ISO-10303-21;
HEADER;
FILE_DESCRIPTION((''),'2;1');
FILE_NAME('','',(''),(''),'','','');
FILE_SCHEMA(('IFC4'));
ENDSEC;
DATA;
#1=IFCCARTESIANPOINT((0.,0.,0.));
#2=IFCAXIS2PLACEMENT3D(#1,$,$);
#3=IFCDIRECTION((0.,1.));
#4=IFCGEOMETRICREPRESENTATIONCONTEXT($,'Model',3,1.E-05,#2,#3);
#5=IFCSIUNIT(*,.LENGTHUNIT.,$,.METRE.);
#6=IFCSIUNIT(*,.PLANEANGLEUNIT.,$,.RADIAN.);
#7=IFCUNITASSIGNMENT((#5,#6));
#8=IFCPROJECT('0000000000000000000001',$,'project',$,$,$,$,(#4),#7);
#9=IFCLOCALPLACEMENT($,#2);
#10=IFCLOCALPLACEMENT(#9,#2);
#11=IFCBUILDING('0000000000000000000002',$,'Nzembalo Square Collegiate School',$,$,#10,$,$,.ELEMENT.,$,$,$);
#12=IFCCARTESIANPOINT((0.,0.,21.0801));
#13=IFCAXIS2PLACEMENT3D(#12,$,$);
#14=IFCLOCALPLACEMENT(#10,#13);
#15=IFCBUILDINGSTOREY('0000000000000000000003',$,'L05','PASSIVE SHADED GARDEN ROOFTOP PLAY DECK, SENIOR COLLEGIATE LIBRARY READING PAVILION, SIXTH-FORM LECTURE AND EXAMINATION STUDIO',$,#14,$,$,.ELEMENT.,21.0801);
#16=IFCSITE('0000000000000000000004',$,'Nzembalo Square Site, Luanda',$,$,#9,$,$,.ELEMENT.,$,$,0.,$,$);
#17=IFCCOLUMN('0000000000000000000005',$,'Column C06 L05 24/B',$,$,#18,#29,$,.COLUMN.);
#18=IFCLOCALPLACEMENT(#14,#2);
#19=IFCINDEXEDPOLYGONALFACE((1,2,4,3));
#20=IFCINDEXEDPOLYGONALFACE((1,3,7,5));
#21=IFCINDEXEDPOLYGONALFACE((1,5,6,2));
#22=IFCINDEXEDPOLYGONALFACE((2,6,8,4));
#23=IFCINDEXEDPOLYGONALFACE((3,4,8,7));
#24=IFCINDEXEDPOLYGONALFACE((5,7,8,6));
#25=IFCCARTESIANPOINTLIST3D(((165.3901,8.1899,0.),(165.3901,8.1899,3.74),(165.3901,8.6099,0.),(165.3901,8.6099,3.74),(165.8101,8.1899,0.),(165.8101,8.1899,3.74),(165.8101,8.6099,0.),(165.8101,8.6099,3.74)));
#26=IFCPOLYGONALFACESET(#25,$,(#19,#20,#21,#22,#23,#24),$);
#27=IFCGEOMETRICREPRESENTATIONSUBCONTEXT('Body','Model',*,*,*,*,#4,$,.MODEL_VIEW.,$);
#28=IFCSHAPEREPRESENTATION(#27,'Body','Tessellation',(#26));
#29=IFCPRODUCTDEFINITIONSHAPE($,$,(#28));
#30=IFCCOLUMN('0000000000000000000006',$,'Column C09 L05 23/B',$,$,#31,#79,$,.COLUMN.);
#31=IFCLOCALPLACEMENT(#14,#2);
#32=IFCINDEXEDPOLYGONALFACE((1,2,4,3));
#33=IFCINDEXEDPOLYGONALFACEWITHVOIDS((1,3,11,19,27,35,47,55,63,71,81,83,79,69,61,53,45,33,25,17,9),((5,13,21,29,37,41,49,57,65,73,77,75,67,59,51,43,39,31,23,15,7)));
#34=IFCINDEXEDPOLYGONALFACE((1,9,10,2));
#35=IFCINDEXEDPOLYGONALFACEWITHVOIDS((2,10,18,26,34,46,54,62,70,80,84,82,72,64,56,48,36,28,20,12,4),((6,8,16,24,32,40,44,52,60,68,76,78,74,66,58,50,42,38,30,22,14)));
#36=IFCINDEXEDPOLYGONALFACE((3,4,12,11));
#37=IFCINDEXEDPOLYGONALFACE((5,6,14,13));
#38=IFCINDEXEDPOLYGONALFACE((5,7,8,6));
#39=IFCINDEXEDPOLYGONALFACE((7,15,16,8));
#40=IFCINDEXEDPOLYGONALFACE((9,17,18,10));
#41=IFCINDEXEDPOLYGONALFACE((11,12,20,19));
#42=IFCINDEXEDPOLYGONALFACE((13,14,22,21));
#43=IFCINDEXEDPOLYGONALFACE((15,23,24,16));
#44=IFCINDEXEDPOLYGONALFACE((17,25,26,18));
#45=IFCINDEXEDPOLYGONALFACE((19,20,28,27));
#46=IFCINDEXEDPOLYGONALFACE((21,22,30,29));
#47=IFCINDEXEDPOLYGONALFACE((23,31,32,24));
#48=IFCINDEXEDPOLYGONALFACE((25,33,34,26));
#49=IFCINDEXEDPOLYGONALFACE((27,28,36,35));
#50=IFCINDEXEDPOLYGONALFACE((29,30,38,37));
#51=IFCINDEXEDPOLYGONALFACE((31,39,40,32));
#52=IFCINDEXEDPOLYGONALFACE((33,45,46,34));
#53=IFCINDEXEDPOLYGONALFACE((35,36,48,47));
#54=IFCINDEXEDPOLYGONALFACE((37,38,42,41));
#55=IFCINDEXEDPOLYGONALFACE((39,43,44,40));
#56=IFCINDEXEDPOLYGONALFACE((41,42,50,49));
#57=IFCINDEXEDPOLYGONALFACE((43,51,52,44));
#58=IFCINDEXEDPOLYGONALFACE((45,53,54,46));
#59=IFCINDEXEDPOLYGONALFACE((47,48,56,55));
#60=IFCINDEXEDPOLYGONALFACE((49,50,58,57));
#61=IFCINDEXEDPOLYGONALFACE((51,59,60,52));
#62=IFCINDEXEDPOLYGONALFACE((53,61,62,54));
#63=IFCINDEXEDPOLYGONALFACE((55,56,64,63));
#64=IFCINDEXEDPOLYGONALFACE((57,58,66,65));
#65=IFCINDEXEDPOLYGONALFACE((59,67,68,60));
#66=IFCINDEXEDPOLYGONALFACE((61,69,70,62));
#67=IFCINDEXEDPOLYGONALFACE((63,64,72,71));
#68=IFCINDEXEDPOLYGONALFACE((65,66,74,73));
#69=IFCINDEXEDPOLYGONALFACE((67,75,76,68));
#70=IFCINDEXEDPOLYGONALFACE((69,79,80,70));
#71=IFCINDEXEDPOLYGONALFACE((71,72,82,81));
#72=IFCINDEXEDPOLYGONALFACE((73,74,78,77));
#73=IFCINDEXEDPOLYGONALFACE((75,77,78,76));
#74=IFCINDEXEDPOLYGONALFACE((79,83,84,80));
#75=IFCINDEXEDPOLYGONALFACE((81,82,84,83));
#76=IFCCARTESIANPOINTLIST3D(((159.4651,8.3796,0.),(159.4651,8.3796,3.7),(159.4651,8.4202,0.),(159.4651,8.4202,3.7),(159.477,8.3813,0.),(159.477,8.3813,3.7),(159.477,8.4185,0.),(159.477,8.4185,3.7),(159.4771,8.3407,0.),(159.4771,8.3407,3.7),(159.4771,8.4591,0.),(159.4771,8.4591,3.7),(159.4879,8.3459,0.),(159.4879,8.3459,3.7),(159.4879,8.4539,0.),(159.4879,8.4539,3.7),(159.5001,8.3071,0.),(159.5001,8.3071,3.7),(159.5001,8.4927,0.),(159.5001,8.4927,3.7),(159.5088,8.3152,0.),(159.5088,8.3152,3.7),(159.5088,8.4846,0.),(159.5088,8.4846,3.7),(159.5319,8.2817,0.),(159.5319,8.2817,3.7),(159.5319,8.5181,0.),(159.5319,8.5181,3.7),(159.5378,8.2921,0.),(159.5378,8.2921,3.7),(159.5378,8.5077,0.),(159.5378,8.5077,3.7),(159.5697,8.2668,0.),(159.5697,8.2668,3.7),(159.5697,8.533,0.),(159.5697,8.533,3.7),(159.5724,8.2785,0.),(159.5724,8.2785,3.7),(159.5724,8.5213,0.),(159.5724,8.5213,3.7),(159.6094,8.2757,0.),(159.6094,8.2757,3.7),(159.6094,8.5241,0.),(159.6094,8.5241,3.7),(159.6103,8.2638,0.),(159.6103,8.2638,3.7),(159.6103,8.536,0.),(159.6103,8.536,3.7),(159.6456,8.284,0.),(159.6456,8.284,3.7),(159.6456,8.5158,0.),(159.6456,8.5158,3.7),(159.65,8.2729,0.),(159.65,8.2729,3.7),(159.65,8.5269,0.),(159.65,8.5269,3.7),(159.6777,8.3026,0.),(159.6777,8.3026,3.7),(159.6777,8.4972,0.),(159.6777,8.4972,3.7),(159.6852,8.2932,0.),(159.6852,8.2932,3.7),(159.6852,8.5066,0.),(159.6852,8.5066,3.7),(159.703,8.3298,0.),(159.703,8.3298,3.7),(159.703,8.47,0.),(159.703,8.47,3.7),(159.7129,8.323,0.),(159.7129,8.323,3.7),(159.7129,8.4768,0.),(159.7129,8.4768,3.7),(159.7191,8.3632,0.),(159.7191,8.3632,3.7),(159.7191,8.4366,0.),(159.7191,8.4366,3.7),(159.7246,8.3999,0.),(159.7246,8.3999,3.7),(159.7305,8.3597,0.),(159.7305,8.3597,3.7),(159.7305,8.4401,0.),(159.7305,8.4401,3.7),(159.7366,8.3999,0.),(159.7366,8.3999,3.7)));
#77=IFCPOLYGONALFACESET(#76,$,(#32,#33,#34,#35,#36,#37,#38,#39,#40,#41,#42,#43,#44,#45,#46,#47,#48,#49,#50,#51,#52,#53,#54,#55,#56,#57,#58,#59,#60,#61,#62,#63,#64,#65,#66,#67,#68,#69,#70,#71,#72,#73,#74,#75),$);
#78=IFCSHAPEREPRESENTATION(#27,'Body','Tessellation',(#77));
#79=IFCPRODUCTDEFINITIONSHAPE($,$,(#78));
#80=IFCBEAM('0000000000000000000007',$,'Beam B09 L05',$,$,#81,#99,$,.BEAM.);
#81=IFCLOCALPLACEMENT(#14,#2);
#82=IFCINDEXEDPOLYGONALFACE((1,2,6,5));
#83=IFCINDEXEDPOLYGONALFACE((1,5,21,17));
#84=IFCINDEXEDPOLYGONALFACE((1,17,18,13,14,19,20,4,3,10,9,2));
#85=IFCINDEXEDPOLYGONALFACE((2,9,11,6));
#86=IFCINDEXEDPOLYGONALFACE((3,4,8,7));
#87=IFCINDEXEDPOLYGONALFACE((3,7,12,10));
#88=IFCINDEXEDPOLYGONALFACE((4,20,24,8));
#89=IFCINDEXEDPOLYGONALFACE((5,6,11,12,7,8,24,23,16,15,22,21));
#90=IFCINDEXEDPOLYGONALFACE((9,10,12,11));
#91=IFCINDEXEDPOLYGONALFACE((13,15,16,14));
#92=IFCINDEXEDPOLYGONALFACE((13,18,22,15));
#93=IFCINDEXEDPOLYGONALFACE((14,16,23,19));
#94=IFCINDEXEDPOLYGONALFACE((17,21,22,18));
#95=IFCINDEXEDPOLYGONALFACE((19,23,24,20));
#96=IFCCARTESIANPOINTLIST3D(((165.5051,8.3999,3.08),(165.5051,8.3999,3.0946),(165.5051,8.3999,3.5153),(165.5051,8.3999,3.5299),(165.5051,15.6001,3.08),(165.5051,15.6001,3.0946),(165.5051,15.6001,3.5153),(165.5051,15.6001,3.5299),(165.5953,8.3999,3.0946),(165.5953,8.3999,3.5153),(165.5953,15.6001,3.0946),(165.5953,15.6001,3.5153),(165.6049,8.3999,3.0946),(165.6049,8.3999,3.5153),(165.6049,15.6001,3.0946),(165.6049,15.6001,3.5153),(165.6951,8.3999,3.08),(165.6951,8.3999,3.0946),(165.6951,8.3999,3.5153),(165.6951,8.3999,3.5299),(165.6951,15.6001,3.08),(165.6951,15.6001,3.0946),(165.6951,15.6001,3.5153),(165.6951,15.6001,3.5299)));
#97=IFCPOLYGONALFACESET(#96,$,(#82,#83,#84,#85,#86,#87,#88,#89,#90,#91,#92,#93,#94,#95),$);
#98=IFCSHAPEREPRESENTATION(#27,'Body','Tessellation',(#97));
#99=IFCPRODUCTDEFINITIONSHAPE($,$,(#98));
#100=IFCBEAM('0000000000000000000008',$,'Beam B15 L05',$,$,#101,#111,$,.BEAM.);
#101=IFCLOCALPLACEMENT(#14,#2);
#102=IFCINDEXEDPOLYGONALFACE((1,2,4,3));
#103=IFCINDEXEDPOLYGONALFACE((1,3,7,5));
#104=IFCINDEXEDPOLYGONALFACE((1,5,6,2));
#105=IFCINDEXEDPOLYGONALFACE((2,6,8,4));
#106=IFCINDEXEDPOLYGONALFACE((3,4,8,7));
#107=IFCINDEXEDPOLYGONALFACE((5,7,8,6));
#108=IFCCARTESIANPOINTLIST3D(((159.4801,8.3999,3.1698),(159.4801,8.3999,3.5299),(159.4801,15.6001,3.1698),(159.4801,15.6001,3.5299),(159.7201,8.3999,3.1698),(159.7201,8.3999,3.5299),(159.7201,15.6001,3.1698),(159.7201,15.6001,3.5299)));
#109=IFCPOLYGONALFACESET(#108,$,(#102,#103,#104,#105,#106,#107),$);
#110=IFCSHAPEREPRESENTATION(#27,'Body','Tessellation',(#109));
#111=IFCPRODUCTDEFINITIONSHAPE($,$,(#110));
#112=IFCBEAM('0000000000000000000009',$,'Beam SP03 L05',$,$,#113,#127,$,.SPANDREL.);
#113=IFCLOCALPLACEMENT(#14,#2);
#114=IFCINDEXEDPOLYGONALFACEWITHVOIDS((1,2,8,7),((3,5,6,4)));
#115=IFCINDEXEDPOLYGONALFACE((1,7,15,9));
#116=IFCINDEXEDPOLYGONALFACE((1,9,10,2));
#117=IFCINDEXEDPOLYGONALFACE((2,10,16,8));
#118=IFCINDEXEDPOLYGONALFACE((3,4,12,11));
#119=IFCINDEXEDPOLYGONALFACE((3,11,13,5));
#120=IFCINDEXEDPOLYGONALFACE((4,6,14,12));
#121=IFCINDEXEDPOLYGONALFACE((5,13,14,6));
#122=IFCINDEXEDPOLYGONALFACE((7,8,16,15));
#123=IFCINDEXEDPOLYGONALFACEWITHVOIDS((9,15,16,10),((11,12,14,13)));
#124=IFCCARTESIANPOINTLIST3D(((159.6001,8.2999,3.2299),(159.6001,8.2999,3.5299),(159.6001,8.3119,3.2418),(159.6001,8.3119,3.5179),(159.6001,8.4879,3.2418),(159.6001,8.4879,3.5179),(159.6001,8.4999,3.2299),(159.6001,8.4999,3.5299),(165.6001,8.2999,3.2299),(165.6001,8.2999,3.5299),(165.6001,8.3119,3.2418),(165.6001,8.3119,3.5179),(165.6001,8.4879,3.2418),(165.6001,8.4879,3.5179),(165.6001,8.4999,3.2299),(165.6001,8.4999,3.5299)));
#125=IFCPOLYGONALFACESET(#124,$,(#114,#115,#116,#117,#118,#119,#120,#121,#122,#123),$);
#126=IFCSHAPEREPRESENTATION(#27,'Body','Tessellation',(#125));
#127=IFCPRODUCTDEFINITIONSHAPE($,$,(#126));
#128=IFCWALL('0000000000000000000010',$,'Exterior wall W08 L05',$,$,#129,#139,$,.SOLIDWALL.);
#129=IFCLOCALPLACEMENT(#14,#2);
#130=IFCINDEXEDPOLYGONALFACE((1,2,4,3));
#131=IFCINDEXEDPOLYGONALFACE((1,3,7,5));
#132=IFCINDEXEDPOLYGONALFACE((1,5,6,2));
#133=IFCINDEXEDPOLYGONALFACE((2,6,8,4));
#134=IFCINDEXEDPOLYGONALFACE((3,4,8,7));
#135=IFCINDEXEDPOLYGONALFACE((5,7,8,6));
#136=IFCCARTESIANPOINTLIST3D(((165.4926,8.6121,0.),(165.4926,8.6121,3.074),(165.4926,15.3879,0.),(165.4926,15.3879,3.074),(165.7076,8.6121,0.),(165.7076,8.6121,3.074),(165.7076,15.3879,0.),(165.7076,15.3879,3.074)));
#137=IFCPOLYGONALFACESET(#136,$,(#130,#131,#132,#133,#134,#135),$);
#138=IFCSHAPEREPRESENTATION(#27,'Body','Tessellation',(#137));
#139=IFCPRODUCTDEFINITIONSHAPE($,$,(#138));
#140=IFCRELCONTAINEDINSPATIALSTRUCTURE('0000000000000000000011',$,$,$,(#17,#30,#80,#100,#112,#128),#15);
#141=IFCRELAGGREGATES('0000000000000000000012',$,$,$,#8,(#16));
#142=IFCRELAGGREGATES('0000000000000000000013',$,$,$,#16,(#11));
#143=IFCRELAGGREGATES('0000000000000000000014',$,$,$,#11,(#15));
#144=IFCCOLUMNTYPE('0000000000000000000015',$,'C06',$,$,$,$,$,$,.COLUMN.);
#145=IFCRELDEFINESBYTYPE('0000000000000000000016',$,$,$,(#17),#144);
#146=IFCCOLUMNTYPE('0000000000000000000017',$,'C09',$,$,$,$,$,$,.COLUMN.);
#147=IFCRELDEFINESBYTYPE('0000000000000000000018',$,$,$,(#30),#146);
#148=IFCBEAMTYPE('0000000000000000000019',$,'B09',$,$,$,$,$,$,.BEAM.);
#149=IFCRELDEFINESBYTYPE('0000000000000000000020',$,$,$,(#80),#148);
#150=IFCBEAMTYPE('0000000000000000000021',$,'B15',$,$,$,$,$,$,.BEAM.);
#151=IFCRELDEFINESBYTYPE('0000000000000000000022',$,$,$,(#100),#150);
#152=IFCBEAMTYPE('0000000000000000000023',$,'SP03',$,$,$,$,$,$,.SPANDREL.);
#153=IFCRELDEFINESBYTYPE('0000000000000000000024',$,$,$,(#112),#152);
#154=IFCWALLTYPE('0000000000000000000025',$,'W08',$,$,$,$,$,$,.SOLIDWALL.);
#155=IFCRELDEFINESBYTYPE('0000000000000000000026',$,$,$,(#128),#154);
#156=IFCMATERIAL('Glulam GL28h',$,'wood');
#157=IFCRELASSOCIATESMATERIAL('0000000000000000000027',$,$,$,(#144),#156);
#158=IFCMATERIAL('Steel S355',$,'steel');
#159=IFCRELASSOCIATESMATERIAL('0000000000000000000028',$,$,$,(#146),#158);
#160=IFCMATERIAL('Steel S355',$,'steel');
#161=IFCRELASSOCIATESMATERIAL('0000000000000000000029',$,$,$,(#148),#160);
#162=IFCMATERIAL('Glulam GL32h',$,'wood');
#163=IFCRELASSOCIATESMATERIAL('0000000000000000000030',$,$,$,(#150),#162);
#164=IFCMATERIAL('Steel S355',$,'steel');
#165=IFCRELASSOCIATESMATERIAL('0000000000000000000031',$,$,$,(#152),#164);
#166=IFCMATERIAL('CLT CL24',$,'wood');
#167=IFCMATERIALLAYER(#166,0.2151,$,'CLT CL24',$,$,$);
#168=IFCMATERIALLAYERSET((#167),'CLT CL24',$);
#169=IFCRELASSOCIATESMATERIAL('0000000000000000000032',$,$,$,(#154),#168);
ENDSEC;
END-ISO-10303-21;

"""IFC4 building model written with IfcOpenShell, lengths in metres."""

from ifc_helpers import new_model, si_unit, direction, frame, frame_2d, origin, origin_2d, place, context, subcontext, project, spatial, rectangle, hollow_rectangle, hollow_circle, i_section, extrude, material, layer, layer_set, material_profile, profile_set, type_object, element, save


model = new_model("IFC4")

# Units and contexts
model_context = context("Model", 3, precision=1e-05, world=origin(), true_north=direction((0.0, 1.0)))
body_context = subcontext(model_context, "Body", "Model", "MODEL_VIEW")
ifc_project = project(units=[si_unit("LENGTHUNIT", "METRE"), si_unit("PLANEANGLEUNIT", "RADIAN")], contexts=[model_context])

# Site, building, storey
site_placement = place(None, origin())
site = spatial("IfcSite", under=ifc_project, at=site_placement, Name="Nzembalo Square Site, Luanda", CompositionType="ELEMENT", RefElevation=0.0)
building_placement = place(site_placement, origin())
building = spatial("IfcBuilding", under=site, at=building_placement, Name="Nzembalo Square Collegiate School", CompositionType="ELEMENT")
storey_placement = place(building_placement, frame((0.0, 0.0, 21.0801)))
storey = spatial("IfcBuildingStorey", under=building, at=storey_placement, Name="L05", Description="PASSIVE SHADED GARDEN ROOFTOP PLAY DECK, SENIOR COLLEGIATE LIBRARY READING PAVILION, SIXTH-FORM LECTURE AND EXAMINATION STUDIO", CompositionType="ELEMENT", Elevation=21.0801)

# Columns
ifc_material_1 = material(Name="Glulam GL28h", Category="wood")
ifc_material_profile_1 = material_profile(ifc_material_1, rectangle(XDim=0.4199, YDim=0.4199, at=origin_2d()), Name="GL28h 420x420")
ifc_profile_set_1 = profile_set([ifc_material_profile_1], Name="Glulam GL28h")
column_type_1 = type_object("IfcColumnType", Name="C06", PredefinedType="COLUMN", material=ifc_profile_set_1)
column_1_placement = place(storey_placement, frame((165.6001, 8.3999, 0.0), z_axis=(0.0, 0.0, 1.0), x_axis=(1.0, 0.0, 0.0)))
element("IfcColumn", 1, at=column_1_placement, inside=storey, type_object=column_type_1, Name="Column C06 L05 24/B", PredefinedType="COLUMN", context=body_context, shape_type="SweptSolid", body=[
    extrude(rectangle(XDim=0.4199, YDim=0.4199, at=origin_2d()), origin(), (0.0, 0.0, 1.0), 3.74),
])
ifc_material_2 = material(Name="Steel S355", Category="steel")
ifc_material_profile_2 = material_profile(ifc_material_2, hollow_circle(Radius=0.1365, WallThickness=0.012, at=origin_2d()), Name="CHS 273x12")
ifc_profile_set_2 = profile_set([ifc_material_profile_2], Name="Steel S355")
column_type_2 = type_object("IfcColumnType", Name="C09", PredefinedType="COLUMN", material=ifc_profile_set_2)
column_2_placement = place(storey_placement, frame((159.6001, 8.3999, 0.0), z_axis=(0.0, 0.0, 1.0), x_axis=(1.0, 0.0, 0.0)))
element("IfcColumn", 2, at=column_2_placement, inside=storey, type_object=column_type_2, Name="Column C09 L05 23/B", PredefinedType="COLUMN", context=body_context, shape_type="SweptSolid", body=[
    extrude(hollow_circle(Radius=0.1365, WallThickness=0.012, at=origin_2d()), origin(), (0.0, 0.0, 1.0), 3.7),
])

# Beams
ifc_material_3 = material(Name="Steel S355", Category="steel")
ifc_material_profile_3 = material_profile(ifc_material_3, i_section(OverallWidth=0.1899, OverallDepth=0.45, WebThickness=0.0095, FlangeThickness=0.0146, at=origin_2d()), Name="IPE 450")
ifc_profile_set_3 = profile_set([ifc_material_profile_3], Name="Steel S355")
beam_type_1 = type_object("IfcBeamType", Name="B09", PredefinedType="BEAM", material=ifc_profile_set_3)
beam_1_placement = place(storey_placement, frame((165.6001, 8.3999, 3.3049), z_axis=(0.0, 1.0, 0.0), x_axis=(-1.0, 0.0, 0.0)))
element("IfcBeam", 3, at=beam_1_placement, inside=storey, type_object=beam_type_1, Name="Beam B09 L05", PredefinedType="BEAM", context=body_context, shape_type="SweptSolid", body=[
    extrude(i_section(OverallWidth=0.1899, OverallDepth=0.45, WebThickness=0.0095, FlangeThickness=0.0146, at=origin_2d()), origin(), (0.0, 0.0, 1.0), 7.2002),
])
ifc_material_4 = material(Name="Glulam GL32h", Category="wood")
ifc_material_profile_4 = material_profile(ifc_material_4, rectangle(XDim=0.24, YDim=0.3601, at=origin_2d()), Name="GL32h 240x360")
ifc_profile_set_4 = profile_set([ifc_material_profile_4], Name="Glulam GL32h")
beam_type_2 = type_object("IfcBeamType", Name="B15", PredefinedType="BEAM", material=ifc_profile_set_4)
beam_2_placement = place(storey_placement, frame((159.6001, 8.3999, 3.3499), z_axis=(0.0, 1.0, 0.0), x_axis=(-1.0, 0.0, 0.0)))
element("IfcBeam", 4, at=beam_2_placement, inside=storey, type_object=beam_type_2, Name="Beam B15 L05", PredefinedType="BEAM", context=body_context, shape_type="SweptSolid", body=[
    extrude(rectangle(XDim=0.24, YDim=0.3601, at=origin_2d()), origin(), (0.0, 0.0, 1.0), 7.2002),
])
ifc_material_5 = material(Name="Steel S355", Category="steel")
ifc_material_profile_5 = material_profile(ifc_material_5, hollow_rectangle(XDim=0.2, YDim=0.3, WallThickness=0.012, at=origin_2d()), Name="RHS 300x200x12")
ifc_profile_set_5 = profile_set([ifc_material_profile_5], Name="Steel S355")
beam_type_3 = type_object("IfcBeamType", Name="SP03", PredefinedType="SPANDREL", material=ifc_profile_set_5)
beam_3_placement = place(storey_placement, frame((159.6001, 8.3999, 3.3799), z_axis=(1.0, 0.0, 0.0), x_axis=(0.0, 1.0, 0.0)))
element("IfcBeam", 5, at=beam_3_placement, inside=storey, type_object=beam_type_3, Name="Beam SP03 L05", PredefinedType="SPANDREL", context=body_context, shape_type="SweptSolid", body=[
    extrude(hollow_rectangle(XDim=0.2, YDim=0.3, WallThickness=0.012, at=origin_2d()), origin(), (0.0, 0.0, 1.0), 6.0),
])

# Wall
ifc_material_6 = material(Name="CLT CL24", Category="wood")
ifc_layer_1 = layer(ifc_material_6, 0.2151, Name="CLT CL24")
ifc_layer_set_1 = layer_set([ifc_layer_1], Name="CLT CL24")
wall_type_1 = type_object("IfcWallType", Name="W08", PredefinedType="SOLIDWALL", material=ifc_layer_set_1)
wall_1_placement = place(storey_placement, frame((165.6001, 8.6121, 0.0), z_axis=(0.0, 0.0, 1.0), x_axis=(0.0, 1.0, 0.0)))
element("IfcWall", 6, at=wall_1_placement, inside=storey, type_object=wall_type_1, Name="Exterior wall W08 L05", PredefinedType="SOLIDWALL", context=body_context, shape_type="SweptSolid", body=[
    extrude(rectangle(XDim=6.7759, YDim=0.2151, at=frame_2d((3.3879, 0.0))), origin(), (0.0, 0.0, 1.0), 3.074),
])

save(model, "model.ifc")
